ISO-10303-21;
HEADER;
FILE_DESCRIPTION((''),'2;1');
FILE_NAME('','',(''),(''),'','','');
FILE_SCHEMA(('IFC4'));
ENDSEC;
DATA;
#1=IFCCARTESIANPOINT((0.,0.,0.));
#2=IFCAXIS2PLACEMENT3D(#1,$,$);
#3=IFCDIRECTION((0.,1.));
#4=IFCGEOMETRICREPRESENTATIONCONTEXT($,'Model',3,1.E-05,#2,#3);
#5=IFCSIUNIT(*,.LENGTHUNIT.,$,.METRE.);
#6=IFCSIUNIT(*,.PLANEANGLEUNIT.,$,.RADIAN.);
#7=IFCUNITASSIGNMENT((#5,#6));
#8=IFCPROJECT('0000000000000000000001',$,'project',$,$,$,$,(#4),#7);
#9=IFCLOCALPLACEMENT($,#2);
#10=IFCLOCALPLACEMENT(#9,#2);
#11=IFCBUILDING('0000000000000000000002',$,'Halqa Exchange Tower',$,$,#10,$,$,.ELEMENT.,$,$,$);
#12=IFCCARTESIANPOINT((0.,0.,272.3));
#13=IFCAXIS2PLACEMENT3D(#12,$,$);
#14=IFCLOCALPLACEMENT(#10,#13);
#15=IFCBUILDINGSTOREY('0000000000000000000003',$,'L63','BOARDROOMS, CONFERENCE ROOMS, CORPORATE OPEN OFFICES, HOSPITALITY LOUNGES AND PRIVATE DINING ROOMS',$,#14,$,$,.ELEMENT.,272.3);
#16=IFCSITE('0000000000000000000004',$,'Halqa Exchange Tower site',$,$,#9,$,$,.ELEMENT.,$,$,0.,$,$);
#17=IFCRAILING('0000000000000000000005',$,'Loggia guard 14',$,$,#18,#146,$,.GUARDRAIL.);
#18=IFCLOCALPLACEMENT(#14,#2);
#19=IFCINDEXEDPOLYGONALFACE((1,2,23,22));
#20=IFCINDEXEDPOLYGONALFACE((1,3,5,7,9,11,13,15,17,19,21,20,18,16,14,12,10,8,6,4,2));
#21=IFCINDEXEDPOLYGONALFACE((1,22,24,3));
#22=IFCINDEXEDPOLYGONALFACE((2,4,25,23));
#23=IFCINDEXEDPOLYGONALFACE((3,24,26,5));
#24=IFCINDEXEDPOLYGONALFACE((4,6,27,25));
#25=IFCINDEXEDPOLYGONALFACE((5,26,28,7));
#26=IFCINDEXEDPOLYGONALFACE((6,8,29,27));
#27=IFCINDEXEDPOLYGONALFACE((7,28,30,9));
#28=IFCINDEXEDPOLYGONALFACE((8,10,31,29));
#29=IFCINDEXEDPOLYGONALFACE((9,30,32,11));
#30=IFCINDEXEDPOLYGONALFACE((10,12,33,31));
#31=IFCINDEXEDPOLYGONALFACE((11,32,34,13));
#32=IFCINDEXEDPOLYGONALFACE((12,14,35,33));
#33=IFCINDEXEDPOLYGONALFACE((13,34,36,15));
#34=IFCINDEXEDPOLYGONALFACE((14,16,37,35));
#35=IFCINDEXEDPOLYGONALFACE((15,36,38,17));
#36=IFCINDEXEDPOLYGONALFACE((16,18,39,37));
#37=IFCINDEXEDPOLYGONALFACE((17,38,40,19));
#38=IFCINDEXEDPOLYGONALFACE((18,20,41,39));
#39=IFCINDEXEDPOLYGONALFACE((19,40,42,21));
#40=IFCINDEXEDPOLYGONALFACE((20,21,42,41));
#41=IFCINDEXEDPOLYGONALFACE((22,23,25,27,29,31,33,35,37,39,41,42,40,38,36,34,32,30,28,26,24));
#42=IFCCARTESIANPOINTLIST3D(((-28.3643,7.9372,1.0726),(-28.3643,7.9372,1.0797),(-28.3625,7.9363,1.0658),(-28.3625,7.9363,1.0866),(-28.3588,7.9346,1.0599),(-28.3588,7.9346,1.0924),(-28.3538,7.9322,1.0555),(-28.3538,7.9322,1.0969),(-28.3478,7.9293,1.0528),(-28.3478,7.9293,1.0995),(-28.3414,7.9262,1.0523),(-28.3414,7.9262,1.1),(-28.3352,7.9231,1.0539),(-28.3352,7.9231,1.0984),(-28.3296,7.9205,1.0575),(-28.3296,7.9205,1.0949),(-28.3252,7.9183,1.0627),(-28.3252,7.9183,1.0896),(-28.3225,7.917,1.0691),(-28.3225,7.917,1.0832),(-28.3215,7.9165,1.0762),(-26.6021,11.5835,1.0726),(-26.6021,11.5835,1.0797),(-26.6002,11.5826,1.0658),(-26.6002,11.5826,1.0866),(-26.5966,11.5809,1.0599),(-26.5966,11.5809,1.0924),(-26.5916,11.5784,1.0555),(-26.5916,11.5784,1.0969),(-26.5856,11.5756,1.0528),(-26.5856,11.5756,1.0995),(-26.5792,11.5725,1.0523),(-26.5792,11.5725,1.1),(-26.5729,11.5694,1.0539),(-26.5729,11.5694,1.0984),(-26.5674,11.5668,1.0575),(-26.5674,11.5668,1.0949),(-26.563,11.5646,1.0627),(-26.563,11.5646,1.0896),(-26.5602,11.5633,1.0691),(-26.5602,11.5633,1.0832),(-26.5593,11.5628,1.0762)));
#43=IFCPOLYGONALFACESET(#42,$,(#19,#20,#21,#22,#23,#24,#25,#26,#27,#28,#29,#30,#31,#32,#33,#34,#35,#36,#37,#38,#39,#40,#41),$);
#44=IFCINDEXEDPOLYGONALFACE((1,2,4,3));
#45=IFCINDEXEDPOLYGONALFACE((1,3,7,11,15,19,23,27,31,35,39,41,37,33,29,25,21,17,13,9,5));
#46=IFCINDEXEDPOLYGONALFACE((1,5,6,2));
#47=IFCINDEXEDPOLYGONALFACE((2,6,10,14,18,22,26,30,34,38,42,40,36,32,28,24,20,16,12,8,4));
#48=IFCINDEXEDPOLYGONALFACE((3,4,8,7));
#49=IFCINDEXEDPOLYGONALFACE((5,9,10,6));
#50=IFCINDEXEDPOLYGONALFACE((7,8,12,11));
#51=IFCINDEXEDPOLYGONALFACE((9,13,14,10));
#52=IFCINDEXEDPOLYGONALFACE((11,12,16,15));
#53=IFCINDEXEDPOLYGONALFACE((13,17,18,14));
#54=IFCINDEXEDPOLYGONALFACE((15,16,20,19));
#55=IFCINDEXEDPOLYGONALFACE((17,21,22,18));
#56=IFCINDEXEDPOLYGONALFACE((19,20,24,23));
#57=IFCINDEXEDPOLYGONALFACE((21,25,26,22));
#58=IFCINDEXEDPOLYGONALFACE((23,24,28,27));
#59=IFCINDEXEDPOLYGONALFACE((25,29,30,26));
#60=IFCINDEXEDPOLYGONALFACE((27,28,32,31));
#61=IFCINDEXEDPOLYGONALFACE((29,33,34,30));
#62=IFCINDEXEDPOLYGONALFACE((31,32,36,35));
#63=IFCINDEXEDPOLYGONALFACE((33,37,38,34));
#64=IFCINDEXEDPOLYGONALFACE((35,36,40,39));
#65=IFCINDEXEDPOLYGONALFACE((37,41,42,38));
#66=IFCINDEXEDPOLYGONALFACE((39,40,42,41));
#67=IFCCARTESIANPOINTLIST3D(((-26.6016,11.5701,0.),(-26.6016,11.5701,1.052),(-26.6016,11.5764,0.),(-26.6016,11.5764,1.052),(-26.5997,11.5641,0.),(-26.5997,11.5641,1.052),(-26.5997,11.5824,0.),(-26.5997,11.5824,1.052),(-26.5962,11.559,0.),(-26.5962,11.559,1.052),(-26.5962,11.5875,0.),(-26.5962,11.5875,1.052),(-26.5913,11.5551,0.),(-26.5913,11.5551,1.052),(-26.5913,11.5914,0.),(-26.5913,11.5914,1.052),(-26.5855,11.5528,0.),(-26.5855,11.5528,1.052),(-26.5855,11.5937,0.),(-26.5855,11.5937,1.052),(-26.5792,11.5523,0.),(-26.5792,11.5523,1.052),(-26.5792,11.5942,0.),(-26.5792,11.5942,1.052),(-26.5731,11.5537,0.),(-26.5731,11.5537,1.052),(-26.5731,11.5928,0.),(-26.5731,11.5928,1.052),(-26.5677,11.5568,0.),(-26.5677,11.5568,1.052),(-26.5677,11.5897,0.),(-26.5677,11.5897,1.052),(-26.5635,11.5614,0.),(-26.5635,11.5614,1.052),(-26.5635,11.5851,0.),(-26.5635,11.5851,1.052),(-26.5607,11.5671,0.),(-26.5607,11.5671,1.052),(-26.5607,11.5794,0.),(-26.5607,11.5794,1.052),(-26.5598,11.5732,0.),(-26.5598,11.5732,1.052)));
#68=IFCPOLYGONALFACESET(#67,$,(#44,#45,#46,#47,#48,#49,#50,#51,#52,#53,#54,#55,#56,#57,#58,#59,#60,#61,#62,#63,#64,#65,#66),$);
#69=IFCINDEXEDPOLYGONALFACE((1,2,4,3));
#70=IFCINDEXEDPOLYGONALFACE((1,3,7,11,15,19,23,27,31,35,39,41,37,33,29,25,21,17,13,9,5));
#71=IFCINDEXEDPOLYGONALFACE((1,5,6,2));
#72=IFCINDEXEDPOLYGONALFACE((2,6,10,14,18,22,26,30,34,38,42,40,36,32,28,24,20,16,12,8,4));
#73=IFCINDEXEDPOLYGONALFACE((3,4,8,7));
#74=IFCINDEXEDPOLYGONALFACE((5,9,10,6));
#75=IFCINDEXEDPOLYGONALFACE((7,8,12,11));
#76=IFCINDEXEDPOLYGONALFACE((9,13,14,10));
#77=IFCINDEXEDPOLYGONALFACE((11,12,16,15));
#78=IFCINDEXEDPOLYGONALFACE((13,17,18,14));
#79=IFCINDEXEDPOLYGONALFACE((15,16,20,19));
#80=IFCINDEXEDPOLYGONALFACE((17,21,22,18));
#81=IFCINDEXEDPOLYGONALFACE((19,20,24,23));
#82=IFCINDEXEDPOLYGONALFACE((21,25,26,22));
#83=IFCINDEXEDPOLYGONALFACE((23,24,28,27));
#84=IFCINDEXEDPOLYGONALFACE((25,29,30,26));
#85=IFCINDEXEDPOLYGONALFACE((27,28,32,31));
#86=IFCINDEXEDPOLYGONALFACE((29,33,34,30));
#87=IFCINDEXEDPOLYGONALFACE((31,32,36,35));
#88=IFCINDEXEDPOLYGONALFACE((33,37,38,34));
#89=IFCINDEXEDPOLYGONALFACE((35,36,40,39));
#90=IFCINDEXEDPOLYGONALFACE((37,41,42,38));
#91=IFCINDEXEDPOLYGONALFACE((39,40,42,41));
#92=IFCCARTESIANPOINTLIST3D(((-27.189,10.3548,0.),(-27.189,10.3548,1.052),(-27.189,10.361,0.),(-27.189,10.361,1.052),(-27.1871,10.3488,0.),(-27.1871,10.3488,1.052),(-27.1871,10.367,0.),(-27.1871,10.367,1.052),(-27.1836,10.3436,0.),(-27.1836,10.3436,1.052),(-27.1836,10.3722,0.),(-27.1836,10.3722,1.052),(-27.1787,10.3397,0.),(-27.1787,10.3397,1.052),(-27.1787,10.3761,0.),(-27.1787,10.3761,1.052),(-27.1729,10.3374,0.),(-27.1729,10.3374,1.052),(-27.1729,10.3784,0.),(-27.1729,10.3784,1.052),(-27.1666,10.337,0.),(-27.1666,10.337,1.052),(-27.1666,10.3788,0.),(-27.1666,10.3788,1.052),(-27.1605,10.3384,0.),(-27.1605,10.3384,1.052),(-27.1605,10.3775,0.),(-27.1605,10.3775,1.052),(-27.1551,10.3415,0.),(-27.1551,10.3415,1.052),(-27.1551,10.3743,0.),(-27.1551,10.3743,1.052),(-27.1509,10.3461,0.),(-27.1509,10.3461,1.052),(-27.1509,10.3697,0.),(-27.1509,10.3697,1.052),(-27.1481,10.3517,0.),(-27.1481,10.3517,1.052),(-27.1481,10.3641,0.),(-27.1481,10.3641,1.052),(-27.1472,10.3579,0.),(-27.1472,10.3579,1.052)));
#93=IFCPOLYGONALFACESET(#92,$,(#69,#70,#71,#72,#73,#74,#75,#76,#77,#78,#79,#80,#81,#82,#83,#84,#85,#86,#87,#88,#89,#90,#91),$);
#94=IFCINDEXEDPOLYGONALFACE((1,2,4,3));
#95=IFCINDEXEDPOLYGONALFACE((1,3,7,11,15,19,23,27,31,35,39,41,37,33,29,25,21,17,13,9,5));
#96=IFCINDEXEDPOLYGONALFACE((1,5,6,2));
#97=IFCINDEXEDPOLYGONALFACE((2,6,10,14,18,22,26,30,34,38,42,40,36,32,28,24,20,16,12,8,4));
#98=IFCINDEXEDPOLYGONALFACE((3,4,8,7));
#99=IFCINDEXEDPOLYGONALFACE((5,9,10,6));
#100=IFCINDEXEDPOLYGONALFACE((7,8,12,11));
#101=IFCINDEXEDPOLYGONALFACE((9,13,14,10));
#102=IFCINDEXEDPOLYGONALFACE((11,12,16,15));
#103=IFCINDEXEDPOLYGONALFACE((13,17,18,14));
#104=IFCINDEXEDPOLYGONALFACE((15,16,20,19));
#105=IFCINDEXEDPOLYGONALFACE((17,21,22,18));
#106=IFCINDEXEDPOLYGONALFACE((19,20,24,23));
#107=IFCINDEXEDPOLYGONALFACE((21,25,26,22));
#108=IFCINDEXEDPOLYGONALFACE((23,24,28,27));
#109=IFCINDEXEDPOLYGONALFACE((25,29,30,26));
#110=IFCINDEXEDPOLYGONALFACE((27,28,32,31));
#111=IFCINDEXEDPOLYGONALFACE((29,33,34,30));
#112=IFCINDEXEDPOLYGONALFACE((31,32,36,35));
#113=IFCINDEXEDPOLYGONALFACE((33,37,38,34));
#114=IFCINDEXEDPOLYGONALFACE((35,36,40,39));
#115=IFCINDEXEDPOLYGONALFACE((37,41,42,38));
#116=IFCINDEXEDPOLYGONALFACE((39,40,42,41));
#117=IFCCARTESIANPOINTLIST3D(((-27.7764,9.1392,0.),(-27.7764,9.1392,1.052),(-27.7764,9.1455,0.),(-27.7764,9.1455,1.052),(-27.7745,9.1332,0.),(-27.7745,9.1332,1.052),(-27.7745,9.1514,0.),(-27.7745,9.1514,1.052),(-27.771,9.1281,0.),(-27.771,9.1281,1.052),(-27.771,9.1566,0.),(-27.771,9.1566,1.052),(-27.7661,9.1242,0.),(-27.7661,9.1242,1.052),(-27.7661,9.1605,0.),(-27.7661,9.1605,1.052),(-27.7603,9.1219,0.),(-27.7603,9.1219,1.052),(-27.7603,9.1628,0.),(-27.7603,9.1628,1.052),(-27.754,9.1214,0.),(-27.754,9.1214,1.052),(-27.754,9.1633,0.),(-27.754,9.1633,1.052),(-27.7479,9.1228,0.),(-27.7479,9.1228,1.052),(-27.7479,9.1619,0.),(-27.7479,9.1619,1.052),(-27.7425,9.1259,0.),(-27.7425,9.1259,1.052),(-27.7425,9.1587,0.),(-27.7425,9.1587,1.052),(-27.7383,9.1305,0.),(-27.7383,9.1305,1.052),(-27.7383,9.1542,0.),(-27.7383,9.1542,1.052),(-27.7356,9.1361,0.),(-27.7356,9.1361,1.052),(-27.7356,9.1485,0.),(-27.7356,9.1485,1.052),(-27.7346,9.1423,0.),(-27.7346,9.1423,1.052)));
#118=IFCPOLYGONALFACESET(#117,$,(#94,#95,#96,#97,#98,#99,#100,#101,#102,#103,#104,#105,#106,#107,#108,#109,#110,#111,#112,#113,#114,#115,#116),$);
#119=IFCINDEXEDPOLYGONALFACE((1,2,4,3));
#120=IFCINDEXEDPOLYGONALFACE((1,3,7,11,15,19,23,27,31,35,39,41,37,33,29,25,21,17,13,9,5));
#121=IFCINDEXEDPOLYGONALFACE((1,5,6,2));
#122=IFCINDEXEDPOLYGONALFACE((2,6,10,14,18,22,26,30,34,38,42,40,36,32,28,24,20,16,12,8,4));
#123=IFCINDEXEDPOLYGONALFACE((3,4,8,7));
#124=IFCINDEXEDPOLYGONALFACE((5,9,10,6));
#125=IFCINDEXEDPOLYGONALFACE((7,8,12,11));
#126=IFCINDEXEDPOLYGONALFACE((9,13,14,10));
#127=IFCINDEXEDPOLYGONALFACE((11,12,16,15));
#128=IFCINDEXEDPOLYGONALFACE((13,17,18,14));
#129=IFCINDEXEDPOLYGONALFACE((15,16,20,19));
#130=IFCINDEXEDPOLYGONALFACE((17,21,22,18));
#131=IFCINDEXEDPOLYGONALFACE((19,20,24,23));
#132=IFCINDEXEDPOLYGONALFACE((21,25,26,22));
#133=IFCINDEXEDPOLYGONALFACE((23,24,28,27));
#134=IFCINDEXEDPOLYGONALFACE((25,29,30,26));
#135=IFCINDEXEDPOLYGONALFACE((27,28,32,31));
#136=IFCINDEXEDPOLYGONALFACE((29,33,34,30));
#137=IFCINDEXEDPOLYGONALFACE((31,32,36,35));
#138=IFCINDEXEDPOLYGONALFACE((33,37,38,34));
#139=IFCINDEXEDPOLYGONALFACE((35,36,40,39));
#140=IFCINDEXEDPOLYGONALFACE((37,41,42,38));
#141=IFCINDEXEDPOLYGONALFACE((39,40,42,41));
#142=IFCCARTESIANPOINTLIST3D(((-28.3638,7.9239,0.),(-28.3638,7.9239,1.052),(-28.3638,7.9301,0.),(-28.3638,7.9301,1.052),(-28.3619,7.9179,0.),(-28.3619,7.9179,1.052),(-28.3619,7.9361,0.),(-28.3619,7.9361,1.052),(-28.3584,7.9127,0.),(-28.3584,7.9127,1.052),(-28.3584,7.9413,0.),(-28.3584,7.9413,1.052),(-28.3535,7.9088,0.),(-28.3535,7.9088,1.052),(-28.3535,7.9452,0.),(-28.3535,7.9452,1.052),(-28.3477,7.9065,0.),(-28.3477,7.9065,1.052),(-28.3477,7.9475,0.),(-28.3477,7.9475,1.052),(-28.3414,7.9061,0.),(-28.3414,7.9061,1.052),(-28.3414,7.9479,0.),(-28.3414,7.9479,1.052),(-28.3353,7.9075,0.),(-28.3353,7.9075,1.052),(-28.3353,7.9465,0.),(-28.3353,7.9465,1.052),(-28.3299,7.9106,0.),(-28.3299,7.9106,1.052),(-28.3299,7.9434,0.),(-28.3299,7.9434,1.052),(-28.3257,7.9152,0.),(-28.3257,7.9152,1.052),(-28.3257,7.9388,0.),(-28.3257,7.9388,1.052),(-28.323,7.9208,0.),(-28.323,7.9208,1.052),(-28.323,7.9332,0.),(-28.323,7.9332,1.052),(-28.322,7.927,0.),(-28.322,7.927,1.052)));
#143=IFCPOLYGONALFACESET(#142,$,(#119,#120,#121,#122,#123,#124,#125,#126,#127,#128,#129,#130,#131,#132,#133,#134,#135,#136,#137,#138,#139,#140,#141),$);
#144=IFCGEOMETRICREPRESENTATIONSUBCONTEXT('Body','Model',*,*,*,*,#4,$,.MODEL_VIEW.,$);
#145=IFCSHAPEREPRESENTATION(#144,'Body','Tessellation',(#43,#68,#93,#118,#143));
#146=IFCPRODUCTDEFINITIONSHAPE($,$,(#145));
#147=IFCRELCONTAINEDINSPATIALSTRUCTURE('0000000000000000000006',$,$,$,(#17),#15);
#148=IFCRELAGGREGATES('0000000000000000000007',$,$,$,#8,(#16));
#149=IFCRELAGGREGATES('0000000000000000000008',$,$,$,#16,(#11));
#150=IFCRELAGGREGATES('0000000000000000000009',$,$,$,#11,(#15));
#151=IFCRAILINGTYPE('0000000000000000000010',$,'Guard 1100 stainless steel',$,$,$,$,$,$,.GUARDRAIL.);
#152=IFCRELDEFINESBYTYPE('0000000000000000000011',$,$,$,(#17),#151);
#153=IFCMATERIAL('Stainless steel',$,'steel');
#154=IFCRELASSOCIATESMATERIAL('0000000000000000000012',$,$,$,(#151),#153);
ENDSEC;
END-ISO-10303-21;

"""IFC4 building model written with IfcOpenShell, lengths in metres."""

from ifc_helpers import new_model, si_unit, direction, frame, origin, origin_2d, place, context, subcontext, project, spatial, circle, extrude, material, type_object, element, save


model = new_model("IFC4")

# Units and contexts
model_context = context("Model", 3, precision=1e-05, world=origin(), true_north=direction((0.0, 1.0)))
body_context = subcontext(model_context, "Body", "Model", "MODEL_VIEW")
ifc_project = project(units=[si_unit("LENGTHUNIT", "METRE"), si_unit("PLANEANGLEUNIT", "RADIAN")], contexts=[model_context])

# Site, building, storey
site_placement = place(None, origin())
site = spatial("IfcSite", under=ifc_project, at=site_placement, Name="Halqa Exchange Tower site", CompositionType="ELEMENT", RefElevation=0.0)
building_placement = place(site_placement, origin())
building = spatial("IfcBuilding", under=site, at=building_placement, Name="Halqa Exchange Tower", CompositionType="ELEMENT")
storey_placement = place(building_placement, frame((0.0, 0.0, 272.3)))
storey = spatial("IfcBuildingStorey", under=building, at=storey_placement, Name="L63", Description="BOARDROOMS, CONFERENCE ROOMS, CORPORATE OPEN OFFICES, HOSPITALITY LOUNGES AND PRIVATE DINING ROOMS", CompositionType="ELEMENT", Elevation=272.3)

# Railing
ifc_material_1 = material(Name="Stainless steel", Category="steel")
railing_type = type_object("IfcRailingType", Name="Guard 1100 stainless steel", PredefinedType="GUARDRAIL", material=ifc_material_1)
railing_1_placement = place(storey_placement, frame((-26.5808, 11.5732, 0.0)))
element("IfcRailing", 1, at=railing_1_placement, inside=storey, type_object=railing_type, Name="Loggia guard 14", PredefinedType="GUARDRAIL", context=body_context, shape_type="SweptSolid", body=[
    extrude(circle(Radius=0.0239, at=origin_2d()), frame((0.0, 0.0, 1.0762), z_axis=(-0.43514, -0.900363, 0.0), x_axis=(0.900363, -0.43514, 0.0)), (0.0, 0.0, 1.0), 4.0498),
    extrude(circle(Radius=0.021, at=origin_2d()), origin(), (0.0, 0.0, 1.0), 1.052),
    extrude(circle(Radius=0.021, at=origin_2d()), frame((-0.5874, -1.2153, 0.0)), (0.0, 0.0, 1.0), 1.052),
    extrude(circle(Radius=0.021, at=origin_2d()), frame((-1.1748, -2.4309, 0.0)), (0.0, 0.0, 1.0), 1.052),
    extrude(circle(Radius=0.021, at=origin_2d()), frame((-1.7622, -3.6462, 0.0)), (0.0, 0.0, 1.0), 1.052),
])

save(model, "model.ifc")
